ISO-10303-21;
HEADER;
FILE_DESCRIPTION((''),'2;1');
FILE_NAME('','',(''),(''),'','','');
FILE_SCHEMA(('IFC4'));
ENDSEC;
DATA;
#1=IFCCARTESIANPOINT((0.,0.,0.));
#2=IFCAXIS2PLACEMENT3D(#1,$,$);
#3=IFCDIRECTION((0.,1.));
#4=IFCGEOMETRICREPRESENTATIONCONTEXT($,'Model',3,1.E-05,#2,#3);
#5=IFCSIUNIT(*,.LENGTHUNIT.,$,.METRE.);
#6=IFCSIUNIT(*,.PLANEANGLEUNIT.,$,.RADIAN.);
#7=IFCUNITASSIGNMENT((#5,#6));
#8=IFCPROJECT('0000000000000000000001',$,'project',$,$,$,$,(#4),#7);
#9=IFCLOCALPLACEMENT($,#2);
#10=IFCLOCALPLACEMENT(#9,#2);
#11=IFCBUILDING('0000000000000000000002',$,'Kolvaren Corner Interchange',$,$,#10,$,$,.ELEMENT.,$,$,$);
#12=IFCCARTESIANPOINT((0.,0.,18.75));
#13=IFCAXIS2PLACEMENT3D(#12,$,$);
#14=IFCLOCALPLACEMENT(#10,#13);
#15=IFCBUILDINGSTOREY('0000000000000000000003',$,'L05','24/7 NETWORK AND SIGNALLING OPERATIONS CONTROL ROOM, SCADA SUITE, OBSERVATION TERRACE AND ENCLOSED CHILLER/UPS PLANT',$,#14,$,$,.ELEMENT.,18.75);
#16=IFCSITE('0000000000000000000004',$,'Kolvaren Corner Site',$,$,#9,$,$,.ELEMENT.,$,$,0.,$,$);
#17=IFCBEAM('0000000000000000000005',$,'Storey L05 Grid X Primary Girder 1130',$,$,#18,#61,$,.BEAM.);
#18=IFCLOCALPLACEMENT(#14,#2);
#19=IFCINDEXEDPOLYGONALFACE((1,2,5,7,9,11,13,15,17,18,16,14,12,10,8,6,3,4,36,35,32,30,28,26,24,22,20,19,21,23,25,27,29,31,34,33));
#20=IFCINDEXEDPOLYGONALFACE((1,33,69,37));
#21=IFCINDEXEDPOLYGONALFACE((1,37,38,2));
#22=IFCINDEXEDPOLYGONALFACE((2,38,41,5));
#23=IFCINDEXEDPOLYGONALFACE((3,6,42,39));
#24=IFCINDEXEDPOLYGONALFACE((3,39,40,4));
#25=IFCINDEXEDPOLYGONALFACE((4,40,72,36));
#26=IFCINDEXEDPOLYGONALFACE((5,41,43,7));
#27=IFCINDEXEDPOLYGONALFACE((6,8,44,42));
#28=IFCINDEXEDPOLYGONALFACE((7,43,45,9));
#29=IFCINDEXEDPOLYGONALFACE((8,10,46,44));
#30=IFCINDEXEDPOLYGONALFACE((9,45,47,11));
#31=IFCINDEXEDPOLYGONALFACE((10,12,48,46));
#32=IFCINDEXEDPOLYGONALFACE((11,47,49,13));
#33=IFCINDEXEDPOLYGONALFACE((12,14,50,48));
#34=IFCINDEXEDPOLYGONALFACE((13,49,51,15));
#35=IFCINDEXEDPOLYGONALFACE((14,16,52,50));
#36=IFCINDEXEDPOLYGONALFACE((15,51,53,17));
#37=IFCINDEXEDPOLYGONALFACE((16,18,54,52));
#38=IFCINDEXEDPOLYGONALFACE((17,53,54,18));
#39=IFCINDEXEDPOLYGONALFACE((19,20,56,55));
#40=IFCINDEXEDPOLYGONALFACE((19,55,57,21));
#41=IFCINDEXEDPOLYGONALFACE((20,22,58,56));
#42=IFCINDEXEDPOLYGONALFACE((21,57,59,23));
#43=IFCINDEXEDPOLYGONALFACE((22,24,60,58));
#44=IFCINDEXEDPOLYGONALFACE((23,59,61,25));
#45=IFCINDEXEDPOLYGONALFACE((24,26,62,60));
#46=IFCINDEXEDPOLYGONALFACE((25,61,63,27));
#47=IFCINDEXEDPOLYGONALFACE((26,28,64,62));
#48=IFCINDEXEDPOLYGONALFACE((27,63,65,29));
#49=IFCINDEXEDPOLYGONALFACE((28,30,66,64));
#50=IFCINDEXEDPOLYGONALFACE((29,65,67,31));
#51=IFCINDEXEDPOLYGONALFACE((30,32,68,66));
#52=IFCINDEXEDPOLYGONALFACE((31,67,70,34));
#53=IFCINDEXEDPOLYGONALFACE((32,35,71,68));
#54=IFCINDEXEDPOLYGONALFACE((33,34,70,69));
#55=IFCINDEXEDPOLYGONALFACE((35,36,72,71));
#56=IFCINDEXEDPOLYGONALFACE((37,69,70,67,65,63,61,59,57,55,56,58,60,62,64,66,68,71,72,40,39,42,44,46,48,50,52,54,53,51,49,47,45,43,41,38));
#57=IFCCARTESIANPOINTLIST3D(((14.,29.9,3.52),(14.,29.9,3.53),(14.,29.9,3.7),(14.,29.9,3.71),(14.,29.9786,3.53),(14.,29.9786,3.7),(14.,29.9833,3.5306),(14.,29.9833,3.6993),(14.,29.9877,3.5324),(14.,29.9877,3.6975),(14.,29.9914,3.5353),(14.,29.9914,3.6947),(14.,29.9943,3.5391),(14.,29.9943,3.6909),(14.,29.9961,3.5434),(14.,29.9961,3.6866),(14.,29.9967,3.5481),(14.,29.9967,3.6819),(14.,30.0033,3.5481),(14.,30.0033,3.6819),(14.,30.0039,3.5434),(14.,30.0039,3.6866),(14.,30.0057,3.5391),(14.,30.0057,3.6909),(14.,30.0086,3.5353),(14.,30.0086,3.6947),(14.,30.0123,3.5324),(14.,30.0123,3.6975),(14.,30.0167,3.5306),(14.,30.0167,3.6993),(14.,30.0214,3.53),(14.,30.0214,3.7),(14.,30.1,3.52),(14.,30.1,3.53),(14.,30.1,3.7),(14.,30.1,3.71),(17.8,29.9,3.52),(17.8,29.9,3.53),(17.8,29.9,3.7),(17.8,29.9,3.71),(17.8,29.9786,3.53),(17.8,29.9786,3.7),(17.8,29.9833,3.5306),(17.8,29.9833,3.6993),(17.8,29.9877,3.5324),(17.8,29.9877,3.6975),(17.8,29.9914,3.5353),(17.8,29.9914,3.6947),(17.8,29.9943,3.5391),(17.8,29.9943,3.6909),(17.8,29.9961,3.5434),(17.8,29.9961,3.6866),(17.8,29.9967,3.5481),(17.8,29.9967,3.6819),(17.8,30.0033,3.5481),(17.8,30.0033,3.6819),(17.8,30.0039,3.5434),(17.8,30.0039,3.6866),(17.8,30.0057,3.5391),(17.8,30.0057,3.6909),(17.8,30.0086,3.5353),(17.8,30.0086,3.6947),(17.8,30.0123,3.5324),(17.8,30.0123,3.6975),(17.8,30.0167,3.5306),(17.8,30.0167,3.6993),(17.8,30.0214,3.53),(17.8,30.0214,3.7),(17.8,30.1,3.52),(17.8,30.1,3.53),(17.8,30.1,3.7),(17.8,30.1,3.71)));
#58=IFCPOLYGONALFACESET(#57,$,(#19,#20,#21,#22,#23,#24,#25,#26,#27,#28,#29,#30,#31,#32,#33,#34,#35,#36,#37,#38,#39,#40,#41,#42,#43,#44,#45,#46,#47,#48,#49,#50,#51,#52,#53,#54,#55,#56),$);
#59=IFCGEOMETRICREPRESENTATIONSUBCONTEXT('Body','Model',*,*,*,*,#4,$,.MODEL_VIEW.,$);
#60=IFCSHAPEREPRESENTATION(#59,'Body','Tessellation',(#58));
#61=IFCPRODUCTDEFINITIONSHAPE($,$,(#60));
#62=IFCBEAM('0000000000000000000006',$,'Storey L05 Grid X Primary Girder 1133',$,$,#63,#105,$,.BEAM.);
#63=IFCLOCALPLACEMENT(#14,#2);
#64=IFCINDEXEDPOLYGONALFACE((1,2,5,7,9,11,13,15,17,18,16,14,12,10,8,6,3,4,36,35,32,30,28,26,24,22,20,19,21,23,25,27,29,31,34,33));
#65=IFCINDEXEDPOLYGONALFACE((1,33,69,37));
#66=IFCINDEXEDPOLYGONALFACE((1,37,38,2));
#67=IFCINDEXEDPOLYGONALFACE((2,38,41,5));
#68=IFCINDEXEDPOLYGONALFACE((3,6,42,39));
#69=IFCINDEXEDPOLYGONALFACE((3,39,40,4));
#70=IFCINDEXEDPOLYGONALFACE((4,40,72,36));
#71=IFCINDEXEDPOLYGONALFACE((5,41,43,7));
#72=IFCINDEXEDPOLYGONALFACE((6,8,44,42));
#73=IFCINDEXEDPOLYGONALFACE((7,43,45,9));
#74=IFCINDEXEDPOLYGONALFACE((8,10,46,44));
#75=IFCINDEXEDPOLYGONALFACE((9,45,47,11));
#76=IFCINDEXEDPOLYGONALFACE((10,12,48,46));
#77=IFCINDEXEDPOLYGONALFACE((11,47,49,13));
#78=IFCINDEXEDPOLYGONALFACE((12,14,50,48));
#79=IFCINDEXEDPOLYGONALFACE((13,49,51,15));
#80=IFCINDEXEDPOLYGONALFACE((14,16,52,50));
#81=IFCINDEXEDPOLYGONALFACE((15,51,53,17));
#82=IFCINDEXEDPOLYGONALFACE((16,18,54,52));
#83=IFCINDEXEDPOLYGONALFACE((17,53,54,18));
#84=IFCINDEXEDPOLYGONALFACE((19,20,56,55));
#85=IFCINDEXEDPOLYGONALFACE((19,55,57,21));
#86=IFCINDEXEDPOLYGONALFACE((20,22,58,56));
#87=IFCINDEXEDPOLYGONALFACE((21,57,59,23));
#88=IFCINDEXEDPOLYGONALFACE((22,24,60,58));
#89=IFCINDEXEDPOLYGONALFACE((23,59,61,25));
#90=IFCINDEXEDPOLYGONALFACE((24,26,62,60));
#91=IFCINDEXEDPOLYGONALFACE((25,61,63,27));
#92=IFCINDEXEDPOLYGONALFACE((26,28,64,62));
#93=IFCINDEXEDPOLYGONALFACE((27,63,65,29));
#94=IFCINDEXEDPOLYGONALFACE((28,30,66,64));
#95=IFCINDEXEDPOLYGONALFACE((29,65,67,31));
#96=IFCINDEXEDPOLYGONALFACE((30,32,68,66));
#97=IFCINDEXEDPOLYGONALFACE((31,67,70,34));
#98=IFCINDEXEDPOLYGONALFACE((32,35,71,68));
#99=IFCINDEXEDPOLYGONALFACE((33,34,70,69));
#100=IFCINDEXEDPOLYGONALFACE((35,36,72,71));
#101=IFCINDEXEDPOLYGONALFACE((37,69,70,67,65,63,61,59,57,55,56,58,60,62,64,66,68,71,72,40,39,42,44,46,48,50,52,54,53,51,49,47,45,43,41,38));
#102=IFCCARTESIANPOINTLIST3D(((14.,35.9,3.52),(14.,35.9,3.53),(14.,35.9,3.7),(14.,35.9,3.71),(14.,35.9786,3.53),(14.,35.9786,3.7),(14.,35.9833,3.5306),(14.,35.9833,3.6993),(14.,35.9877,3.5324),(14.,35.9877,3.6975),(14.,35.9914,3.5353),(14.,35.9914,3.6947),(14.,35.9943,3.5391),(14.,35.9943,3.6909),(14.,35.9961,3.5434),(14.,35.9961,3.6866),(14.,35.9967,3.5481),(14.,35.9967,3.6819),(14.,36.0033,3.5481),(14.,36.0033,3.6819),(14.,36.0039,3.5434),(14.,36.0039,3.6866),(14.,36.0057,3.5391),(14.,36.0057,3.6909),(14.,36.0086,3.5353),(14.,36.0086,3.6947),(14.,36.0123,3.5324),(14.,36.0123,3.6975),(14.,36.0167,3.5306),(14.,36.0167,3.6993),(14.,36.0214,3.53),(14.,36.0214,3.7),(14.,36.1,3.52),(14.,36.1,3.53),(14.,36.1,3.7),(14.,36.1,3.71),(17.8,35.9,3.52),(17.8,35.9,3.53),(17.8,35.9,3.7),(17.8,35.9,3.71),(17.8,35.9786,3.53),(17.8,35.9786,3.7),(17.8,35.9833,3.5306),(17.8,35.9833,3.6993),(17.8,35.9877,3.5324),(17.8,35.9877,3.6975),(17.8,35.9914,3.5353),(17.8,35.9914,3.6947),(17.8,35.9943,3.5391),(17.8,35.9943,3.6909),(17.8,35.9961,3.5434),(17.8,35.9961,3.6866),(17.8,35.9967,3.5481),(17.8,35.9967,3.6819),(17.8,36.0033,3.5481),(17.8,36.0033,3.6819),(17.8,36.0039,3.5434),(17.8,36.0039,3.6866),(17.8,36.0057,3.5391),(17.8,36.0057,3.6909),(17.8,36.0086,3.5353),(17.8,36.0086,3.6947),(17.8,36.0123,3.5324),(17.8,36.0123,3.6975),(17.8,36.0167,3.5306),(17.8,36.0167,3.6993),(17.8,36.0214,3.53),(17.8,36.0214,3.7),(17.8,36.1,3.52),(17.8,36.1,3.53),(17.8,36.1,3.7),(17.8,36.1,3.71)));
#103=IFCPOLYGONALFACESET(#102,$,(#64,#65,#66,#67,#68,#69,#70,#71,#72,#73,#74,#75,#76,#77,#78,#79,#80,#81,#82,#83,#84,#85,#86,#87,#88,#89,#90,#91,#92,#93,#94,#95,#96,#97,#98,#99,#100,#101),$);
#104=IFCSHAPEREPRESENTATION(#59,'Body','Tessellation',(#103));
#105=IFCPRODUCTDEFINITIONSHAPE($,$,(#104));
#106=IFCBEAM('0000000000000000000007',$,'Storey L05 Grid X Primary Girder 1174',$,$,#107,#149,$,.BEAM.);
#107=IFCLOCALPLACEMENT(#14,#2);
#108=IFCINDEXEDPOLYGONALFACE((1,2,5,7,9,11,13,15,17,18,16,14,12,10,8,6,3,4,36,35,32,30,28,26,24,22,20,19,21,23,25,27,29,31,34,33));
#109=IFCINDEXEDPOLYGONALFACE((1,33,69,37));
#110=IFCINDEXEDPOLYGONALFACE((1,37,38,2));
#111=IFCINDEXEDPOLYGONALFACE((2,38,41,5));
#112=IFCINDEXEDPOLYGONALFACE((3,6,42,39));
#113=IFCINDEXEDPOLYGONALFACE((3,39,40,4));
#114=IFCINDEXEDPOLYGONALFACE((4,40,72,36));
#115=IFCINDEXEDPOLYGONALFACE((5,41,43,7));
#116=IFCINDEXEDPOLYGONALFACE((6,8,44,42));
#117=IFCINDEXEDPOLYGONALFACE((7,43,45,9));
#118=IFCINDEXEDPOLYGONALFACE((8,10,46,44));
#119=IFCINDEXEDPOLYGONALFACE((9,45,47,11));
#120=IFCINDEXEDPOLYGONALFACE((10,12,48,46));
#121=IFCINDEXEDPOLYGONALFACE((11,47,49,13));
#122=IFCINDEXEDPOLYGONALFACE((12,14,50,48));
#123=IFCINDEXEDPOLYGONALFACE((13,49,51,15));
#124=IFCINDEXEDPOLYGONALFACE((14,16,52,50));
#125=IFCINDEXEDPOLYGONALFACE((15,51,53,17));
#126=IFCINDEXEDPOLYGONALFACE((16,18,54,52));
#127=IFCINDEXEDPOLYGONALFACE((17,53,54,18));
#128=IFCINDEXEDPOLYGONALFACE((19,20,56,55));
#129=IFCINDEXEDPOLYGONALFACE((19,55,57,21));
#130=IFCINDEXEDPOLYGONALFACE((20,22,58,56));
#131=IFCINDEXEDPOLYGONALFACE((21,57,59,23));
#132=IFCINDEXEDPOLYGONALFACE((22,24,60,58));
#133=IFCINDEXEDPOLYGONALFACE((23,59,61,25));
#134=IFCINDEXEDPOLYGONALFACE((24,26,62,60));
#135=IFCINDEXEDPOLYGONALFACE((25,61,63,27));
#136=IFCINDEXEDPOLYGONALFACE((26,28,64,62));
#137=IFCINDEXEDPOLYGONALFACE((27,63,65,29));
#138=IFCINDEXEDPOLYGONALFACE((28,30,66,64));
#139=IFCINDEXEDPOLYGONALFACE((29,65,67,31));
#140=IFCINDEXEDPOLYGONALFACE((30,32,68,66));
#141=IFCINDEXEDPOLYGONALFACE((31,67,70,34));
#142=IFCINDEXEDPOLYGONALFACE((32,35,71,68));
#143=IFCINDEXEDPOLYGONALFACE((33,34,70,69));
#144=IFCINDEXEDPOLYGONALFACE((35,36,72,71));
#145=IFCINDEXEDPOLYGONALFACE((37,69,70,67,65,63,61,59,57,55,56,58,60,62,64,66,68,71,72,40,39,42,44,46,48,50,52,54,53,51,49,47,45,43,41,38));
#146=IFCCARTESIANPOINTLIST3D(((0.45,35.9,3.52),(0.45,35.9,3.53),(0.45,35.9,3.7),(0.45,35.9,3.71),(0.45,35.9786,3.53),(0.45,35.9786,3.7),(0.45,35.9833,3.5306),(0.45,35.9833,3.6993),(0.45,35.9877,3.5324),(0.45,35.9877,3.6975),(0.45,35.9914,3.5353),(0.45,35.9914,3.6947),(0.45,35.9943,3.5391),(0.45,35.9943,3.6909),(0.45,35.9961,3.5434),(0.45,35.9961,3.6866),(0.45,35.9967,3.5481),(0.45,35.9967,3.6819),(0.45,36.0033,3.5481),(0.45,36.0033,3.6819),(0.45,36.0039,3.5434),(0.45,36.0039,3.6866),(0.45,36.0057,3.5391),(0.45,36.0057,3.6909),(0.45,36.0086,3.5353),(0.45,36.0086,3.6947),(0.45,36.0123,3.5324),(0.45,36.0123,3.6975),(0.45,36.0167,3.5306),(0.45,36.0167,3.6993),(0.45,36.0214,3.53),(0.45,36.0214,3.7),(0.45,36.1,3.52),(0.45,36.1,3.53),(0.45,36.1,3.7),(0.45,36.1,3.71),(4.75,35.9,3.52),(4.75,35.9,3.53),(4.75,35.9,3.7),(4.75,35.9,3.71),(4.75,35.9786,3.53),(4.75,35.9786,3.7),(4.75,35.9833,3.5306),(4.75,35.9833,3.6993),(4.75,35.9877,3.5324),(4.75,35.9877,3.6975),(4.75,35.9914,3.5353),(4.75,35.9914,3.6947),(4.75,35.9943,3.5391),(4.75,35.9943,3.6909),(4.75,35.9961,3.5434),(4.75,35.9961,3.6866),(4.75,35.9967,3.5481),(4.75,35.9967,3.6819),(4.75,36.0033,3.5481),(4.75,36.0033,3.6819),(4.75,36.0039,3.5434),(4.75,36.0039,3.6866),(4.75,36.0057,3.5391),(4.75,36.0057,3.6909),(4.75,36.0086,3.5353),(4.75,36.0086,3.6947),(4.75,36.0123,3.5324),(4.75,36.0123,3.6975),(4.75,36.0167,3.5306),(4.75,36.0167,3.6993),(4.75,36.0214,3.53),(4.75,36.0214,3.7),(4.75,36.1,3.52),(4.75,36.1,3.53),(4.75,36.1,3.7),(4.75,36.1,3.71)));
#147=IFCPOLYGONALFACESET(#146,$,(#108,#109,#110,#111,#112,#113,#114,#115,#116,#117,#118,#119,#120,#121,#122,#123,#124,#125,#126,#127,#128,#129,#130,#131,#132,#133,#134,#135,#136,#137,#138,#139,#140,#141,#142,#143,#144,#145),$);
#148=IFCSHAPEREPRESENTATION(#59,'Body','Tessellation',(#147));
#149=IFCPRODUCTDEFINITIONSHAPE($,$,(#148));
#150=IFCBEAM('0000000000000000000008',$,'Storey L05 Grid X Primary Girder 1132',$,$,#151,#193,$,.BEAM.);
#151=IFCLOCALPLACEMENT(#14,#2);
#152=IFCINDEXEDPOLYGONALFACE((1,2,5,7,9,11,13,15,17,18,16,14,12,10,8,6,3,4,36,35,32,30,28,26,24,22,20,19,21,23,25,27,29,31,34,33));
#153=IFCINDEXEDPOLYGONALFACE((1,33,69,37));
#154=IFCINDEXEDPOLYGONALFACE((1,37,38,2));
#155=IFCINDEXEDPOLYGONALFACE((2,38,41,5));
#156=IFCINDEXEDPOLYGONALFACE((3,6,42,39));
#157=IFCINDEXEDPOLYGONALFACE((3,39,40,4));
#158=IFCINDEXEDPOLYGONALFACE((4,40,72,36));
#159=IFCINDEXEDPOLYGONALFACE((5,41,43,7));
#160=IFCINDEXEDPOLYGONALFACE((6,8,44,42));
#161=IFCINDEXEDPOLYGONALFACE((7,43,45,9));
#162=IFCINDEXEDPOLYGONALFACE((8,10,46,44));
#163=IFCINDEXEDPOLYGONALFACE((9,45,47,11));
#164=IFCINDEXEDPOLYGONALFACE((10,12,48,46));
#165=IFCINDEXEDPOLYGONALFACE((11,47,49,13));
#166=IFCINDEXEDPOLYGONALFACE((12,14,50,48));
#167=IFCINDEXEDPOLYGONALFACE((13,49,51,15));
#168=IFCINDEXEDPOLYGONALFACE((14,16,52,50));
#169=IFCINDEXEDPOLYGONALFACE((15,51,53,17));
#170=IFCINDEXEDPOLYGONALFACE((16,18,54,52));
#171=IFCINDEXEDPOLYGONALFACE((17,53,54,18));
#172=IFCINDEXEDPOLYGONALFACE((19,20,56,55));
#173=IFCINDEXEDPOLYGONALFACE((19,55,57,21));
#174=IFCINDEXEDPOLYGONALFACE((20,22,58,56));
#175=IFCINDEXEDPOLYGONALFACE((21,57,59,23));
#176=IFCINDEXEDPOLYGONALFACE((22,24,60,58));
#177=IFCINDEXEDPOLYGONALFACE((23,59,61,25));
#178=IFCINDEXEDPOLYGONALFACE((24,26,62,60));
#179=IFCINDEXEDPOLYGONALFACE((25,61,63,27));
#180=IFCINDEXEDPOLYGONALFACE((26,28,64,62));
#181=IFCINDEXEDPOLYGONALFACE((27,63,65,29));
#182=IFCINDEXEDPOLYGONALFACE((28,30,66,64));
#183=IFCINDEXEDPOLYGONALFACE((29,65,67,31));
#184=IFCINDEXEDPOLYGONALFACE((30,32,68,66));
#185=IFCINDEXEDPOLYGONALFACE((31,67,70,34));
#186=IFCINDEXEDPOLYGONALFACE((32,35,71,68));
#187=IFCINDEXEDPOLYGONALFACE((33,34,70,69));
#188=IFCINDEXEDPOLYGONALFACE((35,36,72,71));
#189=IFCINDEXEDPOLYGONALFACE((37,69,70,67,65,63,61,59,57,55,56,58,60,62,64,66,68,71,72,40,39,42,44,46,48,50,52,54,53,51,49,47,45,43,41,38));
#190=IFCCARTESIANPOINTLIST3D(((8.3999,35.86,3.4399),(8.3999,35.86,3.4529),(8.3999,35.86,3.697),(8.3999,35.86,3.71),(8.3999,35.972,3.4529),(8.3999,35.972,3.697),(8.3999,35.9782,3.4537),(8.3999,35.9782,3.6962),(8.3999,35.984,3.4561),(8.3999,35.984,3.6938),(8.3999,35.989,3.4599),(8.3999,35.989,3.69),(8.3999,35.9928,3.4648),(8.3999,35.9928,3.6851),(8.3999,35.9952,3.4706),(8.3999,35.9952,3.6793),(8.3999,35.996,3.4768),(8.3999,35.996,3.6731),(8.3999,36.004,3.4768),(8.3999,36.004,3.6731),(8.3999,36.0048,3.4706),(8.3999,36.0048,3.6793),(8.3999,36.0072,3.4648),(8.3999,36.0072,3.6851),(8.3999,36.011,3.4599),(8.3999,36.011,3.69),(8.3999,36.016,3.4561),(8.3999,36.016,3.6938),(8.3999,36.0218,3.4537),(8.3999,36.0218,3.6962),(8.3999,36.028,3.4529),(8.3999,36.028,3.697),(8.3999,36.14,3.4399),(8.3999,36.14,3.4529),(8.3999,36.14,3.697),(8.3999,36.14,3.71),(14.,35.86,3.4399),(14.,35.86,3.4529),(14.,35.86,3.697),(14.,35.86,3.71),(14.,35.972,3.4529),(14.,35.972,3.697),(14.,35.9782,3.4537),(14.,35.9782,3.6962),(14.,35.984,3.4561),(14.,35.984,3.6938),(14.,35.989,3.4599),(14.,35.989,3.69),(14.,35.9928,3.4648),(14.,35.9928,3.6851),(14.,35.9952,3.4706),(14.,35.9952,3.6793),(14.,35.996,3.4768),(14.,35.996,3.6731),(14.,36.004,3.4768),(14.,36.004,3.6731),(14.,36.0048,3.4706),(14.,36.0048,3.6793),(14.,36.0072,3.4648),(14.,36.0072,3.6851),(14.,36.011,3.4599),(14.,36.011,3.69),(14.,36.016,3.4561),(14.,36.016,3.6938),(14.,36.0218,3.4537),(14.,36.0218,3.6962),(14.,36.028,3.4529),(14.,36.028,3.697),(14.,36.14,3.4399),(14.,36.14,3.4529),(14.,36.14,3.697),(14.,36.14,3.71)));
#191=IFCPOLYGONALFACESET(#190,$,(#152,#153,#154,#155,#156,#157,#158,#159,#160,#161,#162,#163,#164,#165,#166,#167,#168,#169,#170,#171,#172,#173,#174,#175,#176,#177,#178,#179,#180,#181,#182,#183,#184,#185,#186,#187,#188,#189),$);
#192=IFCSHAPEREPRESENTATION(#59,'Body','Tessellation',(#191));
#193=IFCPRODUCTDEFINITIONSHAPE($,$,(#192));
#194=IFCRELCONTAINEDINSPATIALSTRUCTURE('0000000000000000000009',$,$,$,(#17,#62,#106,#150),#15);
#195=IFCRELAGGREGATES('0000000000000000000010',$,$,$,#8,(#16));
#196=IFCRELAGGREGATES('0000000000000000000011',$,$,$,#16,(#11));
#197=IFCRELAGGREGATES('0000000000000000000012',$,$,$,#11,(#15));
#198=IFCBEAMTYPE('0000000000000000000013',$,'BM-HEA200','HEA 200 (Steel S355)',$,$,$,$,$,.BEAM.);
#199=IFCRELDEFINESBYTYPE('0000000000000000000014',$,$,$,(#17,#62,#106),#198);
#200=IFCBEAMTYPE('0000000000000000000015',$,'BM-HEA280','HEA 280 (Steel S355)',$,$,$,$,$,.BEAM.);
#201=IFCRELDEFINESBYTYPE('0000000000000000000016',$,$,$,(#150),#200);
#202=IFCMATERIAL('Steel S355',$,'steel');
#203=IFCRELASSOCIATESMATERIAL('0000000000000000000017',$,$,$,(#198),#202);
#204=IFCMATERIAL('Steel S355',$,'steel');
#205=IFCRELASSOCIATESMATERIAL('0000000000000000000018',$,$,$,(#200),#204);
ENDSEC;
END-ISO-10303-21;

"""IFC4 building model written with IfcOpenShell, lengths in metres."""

from ifc_helpers import new_model, si_unit, direction, frame, origin, origin_2d, place, context, subcontext, project, spatial, i_section, extrude, material, material_profile, profile_set, type_object, element, save


model = new_model("IFC4")

# Units and contexts
model_context = context("Model", 3, precision=1e-05, world=origin(), true_north=direction((0.0, 1.0)))
body_context = subcontext(model_context, "Body", "Model", "MODEL_VIEW")
ifc_project = project(units=[si_unit("LENGTHUNIT", "METRE"), si_unit("PLANEANGLEUNIT", "RADIAN")], contexts=[model_context])

# Site, building, storey
site_placement = place(None, origin())
site = spatial("IfcSite", under=ifc_project, at=site_placement, Name="Kolvaren Corner Site", CompositionType="ELEMENT", RefElevation=0.0)
building_placement = place(site_placement, origin())
building = spatial("IfcBuilding", under=site, at=building_placement, Name="Kolvaren Corner Interchange", CompositionType="ELEMENT")
storey_placement = place(building_placement, frame((0.0, 0.0, 18.75)))
storey = spatial("IfcBuildingStorey", under=building, at=storey_placement, Name="L05", Description="24/7 NETWORK AND SIGNALLING OPERATIONS CONTROL ROOM, SCADA SUITE, OBSERVATION TERRACE AND ENCLOSED CHILLER/UPS PLANT", CompositionType="ELEMENT", Elevation=18.75)

# Beams
ifc_material_1 = material(Name="Steel S355", Category="steel")
ifc_material_profile_1 = material_profile(ifc_material_1, i_section(OverallWidth=0.2, OverallDepth=0.1899, WebThickness=0.0066, FlangeThickness=0.01, FilletRadius=0.0181, at=origin_2d()), Name="HEA 200")
ifc_profile_set_1 = profile_set([ifc_material_profile_1], Name="Steel S355")
beam_type_1 = type_object("IfcBeamType", Name="BM-HEA200", Description="HEA 200 (Steel S355)", PredefinedType="BEAM", material=ifc_profile_set_1)
for number, where, z_axis, x_axis, name in (
    (1, (14.0, 30.0, 3.615), (1.0, 0.0, 0.0), (0.0, 1.0, 0.0), "Storey L05 Grid X Primary Girder 1130"),
    (2, (14.0, 36.0, 3.615), (1.0, 0.0, 0.0), (0.0, 1.0, 0.0), "Storey L05 Grid X Primary Girder 1133"),
):
    element("IfcBeam", number, at=place(storey_placement, frame(where, z_axis=z_axis, x_axis=x_axis)), inside=storey, type_object=beam_type_1, Name=name, PredefinedType="BEAM", context=body_context, shape_type="SweptSolid", body=[
        extrude(i_section(OverallWidth=0.2, OverallDepth=0.1899, WebThickness=0.0066, FlangeThickness=0.01, FilletRadius=0.0181, at=origin_2d()), origin(), (0.0, 0.0, 1.0), 3.8),
    ])
beam_1_placement = place(storey_placement, frame((0.45, 36.0, 3.615), z_axis=(1.0, 0.0, 0.0), x_axis=(0.0, 1.0, 0.0)))
element("IfcBeam", 3, at=beam_1_placement, inside=storey, type_object=beam_type_1, Name="Storey L05 Grid X Primary Girder 1174", PredefinedType="BEAM", context=body_context, shape_type="SweptSolid", body=[
    extrude(i_section(OverallWidth=0.2, OverallDepth=0.1899, WebThickness=0.0066, FlangeThickness=0.01, FilletRadius=0.0181, at=origin_2d()), origin(), (0.0, 0.0, 1.0), 4.3),
])
ifc_material_2 = material(Name="Steel S355", Category="steel")
ifc_material_profile_2 = material_profile(ifc_material_2, i_section(OverallWidth=0.28, OverallDepth=0.27, WebThickness=0.0081, FlangeThickness=0.0129, FilletRadius=0.0239, at=origin_2d()), Name="HEA 280")
ifc_profile_set_2 = profile_set([ifc_material_profile_2], Name="Steel S355")
beam_type_2 = type_object("IfcBeamType", Name="BM-HEA280", Description="HEA 280 (Steel S355)", PredefinedType="BEAM", material=ifc_profile_set_2)
beam_2_placement = place(storey_placement, frame((8.3999, 36.0, 3.575), z_axis=(1.0, 0.0, 0.0), x_axis=(0.0, 1.0, 0.0)))
element("IfcBeam", 4, at=beam_2_placement, inside=storey, type_object=beam_type_2, Name="Storey L05 Grid X Primary Girder 1132", PredefinedType="BEAM", context=body_context, shape_type="SweptSolid", body=[
    extrude(i_section(OverallWidth=0.28, OverallDepth=0.27, WebThickness=0.0081, FlangeThickness=0.0129, FilletRadius=0.0239, at=origin_2d()), origin(), (0.0, 0.0, 1.0), 5.6001),
])

save(model, "model.ifc")
